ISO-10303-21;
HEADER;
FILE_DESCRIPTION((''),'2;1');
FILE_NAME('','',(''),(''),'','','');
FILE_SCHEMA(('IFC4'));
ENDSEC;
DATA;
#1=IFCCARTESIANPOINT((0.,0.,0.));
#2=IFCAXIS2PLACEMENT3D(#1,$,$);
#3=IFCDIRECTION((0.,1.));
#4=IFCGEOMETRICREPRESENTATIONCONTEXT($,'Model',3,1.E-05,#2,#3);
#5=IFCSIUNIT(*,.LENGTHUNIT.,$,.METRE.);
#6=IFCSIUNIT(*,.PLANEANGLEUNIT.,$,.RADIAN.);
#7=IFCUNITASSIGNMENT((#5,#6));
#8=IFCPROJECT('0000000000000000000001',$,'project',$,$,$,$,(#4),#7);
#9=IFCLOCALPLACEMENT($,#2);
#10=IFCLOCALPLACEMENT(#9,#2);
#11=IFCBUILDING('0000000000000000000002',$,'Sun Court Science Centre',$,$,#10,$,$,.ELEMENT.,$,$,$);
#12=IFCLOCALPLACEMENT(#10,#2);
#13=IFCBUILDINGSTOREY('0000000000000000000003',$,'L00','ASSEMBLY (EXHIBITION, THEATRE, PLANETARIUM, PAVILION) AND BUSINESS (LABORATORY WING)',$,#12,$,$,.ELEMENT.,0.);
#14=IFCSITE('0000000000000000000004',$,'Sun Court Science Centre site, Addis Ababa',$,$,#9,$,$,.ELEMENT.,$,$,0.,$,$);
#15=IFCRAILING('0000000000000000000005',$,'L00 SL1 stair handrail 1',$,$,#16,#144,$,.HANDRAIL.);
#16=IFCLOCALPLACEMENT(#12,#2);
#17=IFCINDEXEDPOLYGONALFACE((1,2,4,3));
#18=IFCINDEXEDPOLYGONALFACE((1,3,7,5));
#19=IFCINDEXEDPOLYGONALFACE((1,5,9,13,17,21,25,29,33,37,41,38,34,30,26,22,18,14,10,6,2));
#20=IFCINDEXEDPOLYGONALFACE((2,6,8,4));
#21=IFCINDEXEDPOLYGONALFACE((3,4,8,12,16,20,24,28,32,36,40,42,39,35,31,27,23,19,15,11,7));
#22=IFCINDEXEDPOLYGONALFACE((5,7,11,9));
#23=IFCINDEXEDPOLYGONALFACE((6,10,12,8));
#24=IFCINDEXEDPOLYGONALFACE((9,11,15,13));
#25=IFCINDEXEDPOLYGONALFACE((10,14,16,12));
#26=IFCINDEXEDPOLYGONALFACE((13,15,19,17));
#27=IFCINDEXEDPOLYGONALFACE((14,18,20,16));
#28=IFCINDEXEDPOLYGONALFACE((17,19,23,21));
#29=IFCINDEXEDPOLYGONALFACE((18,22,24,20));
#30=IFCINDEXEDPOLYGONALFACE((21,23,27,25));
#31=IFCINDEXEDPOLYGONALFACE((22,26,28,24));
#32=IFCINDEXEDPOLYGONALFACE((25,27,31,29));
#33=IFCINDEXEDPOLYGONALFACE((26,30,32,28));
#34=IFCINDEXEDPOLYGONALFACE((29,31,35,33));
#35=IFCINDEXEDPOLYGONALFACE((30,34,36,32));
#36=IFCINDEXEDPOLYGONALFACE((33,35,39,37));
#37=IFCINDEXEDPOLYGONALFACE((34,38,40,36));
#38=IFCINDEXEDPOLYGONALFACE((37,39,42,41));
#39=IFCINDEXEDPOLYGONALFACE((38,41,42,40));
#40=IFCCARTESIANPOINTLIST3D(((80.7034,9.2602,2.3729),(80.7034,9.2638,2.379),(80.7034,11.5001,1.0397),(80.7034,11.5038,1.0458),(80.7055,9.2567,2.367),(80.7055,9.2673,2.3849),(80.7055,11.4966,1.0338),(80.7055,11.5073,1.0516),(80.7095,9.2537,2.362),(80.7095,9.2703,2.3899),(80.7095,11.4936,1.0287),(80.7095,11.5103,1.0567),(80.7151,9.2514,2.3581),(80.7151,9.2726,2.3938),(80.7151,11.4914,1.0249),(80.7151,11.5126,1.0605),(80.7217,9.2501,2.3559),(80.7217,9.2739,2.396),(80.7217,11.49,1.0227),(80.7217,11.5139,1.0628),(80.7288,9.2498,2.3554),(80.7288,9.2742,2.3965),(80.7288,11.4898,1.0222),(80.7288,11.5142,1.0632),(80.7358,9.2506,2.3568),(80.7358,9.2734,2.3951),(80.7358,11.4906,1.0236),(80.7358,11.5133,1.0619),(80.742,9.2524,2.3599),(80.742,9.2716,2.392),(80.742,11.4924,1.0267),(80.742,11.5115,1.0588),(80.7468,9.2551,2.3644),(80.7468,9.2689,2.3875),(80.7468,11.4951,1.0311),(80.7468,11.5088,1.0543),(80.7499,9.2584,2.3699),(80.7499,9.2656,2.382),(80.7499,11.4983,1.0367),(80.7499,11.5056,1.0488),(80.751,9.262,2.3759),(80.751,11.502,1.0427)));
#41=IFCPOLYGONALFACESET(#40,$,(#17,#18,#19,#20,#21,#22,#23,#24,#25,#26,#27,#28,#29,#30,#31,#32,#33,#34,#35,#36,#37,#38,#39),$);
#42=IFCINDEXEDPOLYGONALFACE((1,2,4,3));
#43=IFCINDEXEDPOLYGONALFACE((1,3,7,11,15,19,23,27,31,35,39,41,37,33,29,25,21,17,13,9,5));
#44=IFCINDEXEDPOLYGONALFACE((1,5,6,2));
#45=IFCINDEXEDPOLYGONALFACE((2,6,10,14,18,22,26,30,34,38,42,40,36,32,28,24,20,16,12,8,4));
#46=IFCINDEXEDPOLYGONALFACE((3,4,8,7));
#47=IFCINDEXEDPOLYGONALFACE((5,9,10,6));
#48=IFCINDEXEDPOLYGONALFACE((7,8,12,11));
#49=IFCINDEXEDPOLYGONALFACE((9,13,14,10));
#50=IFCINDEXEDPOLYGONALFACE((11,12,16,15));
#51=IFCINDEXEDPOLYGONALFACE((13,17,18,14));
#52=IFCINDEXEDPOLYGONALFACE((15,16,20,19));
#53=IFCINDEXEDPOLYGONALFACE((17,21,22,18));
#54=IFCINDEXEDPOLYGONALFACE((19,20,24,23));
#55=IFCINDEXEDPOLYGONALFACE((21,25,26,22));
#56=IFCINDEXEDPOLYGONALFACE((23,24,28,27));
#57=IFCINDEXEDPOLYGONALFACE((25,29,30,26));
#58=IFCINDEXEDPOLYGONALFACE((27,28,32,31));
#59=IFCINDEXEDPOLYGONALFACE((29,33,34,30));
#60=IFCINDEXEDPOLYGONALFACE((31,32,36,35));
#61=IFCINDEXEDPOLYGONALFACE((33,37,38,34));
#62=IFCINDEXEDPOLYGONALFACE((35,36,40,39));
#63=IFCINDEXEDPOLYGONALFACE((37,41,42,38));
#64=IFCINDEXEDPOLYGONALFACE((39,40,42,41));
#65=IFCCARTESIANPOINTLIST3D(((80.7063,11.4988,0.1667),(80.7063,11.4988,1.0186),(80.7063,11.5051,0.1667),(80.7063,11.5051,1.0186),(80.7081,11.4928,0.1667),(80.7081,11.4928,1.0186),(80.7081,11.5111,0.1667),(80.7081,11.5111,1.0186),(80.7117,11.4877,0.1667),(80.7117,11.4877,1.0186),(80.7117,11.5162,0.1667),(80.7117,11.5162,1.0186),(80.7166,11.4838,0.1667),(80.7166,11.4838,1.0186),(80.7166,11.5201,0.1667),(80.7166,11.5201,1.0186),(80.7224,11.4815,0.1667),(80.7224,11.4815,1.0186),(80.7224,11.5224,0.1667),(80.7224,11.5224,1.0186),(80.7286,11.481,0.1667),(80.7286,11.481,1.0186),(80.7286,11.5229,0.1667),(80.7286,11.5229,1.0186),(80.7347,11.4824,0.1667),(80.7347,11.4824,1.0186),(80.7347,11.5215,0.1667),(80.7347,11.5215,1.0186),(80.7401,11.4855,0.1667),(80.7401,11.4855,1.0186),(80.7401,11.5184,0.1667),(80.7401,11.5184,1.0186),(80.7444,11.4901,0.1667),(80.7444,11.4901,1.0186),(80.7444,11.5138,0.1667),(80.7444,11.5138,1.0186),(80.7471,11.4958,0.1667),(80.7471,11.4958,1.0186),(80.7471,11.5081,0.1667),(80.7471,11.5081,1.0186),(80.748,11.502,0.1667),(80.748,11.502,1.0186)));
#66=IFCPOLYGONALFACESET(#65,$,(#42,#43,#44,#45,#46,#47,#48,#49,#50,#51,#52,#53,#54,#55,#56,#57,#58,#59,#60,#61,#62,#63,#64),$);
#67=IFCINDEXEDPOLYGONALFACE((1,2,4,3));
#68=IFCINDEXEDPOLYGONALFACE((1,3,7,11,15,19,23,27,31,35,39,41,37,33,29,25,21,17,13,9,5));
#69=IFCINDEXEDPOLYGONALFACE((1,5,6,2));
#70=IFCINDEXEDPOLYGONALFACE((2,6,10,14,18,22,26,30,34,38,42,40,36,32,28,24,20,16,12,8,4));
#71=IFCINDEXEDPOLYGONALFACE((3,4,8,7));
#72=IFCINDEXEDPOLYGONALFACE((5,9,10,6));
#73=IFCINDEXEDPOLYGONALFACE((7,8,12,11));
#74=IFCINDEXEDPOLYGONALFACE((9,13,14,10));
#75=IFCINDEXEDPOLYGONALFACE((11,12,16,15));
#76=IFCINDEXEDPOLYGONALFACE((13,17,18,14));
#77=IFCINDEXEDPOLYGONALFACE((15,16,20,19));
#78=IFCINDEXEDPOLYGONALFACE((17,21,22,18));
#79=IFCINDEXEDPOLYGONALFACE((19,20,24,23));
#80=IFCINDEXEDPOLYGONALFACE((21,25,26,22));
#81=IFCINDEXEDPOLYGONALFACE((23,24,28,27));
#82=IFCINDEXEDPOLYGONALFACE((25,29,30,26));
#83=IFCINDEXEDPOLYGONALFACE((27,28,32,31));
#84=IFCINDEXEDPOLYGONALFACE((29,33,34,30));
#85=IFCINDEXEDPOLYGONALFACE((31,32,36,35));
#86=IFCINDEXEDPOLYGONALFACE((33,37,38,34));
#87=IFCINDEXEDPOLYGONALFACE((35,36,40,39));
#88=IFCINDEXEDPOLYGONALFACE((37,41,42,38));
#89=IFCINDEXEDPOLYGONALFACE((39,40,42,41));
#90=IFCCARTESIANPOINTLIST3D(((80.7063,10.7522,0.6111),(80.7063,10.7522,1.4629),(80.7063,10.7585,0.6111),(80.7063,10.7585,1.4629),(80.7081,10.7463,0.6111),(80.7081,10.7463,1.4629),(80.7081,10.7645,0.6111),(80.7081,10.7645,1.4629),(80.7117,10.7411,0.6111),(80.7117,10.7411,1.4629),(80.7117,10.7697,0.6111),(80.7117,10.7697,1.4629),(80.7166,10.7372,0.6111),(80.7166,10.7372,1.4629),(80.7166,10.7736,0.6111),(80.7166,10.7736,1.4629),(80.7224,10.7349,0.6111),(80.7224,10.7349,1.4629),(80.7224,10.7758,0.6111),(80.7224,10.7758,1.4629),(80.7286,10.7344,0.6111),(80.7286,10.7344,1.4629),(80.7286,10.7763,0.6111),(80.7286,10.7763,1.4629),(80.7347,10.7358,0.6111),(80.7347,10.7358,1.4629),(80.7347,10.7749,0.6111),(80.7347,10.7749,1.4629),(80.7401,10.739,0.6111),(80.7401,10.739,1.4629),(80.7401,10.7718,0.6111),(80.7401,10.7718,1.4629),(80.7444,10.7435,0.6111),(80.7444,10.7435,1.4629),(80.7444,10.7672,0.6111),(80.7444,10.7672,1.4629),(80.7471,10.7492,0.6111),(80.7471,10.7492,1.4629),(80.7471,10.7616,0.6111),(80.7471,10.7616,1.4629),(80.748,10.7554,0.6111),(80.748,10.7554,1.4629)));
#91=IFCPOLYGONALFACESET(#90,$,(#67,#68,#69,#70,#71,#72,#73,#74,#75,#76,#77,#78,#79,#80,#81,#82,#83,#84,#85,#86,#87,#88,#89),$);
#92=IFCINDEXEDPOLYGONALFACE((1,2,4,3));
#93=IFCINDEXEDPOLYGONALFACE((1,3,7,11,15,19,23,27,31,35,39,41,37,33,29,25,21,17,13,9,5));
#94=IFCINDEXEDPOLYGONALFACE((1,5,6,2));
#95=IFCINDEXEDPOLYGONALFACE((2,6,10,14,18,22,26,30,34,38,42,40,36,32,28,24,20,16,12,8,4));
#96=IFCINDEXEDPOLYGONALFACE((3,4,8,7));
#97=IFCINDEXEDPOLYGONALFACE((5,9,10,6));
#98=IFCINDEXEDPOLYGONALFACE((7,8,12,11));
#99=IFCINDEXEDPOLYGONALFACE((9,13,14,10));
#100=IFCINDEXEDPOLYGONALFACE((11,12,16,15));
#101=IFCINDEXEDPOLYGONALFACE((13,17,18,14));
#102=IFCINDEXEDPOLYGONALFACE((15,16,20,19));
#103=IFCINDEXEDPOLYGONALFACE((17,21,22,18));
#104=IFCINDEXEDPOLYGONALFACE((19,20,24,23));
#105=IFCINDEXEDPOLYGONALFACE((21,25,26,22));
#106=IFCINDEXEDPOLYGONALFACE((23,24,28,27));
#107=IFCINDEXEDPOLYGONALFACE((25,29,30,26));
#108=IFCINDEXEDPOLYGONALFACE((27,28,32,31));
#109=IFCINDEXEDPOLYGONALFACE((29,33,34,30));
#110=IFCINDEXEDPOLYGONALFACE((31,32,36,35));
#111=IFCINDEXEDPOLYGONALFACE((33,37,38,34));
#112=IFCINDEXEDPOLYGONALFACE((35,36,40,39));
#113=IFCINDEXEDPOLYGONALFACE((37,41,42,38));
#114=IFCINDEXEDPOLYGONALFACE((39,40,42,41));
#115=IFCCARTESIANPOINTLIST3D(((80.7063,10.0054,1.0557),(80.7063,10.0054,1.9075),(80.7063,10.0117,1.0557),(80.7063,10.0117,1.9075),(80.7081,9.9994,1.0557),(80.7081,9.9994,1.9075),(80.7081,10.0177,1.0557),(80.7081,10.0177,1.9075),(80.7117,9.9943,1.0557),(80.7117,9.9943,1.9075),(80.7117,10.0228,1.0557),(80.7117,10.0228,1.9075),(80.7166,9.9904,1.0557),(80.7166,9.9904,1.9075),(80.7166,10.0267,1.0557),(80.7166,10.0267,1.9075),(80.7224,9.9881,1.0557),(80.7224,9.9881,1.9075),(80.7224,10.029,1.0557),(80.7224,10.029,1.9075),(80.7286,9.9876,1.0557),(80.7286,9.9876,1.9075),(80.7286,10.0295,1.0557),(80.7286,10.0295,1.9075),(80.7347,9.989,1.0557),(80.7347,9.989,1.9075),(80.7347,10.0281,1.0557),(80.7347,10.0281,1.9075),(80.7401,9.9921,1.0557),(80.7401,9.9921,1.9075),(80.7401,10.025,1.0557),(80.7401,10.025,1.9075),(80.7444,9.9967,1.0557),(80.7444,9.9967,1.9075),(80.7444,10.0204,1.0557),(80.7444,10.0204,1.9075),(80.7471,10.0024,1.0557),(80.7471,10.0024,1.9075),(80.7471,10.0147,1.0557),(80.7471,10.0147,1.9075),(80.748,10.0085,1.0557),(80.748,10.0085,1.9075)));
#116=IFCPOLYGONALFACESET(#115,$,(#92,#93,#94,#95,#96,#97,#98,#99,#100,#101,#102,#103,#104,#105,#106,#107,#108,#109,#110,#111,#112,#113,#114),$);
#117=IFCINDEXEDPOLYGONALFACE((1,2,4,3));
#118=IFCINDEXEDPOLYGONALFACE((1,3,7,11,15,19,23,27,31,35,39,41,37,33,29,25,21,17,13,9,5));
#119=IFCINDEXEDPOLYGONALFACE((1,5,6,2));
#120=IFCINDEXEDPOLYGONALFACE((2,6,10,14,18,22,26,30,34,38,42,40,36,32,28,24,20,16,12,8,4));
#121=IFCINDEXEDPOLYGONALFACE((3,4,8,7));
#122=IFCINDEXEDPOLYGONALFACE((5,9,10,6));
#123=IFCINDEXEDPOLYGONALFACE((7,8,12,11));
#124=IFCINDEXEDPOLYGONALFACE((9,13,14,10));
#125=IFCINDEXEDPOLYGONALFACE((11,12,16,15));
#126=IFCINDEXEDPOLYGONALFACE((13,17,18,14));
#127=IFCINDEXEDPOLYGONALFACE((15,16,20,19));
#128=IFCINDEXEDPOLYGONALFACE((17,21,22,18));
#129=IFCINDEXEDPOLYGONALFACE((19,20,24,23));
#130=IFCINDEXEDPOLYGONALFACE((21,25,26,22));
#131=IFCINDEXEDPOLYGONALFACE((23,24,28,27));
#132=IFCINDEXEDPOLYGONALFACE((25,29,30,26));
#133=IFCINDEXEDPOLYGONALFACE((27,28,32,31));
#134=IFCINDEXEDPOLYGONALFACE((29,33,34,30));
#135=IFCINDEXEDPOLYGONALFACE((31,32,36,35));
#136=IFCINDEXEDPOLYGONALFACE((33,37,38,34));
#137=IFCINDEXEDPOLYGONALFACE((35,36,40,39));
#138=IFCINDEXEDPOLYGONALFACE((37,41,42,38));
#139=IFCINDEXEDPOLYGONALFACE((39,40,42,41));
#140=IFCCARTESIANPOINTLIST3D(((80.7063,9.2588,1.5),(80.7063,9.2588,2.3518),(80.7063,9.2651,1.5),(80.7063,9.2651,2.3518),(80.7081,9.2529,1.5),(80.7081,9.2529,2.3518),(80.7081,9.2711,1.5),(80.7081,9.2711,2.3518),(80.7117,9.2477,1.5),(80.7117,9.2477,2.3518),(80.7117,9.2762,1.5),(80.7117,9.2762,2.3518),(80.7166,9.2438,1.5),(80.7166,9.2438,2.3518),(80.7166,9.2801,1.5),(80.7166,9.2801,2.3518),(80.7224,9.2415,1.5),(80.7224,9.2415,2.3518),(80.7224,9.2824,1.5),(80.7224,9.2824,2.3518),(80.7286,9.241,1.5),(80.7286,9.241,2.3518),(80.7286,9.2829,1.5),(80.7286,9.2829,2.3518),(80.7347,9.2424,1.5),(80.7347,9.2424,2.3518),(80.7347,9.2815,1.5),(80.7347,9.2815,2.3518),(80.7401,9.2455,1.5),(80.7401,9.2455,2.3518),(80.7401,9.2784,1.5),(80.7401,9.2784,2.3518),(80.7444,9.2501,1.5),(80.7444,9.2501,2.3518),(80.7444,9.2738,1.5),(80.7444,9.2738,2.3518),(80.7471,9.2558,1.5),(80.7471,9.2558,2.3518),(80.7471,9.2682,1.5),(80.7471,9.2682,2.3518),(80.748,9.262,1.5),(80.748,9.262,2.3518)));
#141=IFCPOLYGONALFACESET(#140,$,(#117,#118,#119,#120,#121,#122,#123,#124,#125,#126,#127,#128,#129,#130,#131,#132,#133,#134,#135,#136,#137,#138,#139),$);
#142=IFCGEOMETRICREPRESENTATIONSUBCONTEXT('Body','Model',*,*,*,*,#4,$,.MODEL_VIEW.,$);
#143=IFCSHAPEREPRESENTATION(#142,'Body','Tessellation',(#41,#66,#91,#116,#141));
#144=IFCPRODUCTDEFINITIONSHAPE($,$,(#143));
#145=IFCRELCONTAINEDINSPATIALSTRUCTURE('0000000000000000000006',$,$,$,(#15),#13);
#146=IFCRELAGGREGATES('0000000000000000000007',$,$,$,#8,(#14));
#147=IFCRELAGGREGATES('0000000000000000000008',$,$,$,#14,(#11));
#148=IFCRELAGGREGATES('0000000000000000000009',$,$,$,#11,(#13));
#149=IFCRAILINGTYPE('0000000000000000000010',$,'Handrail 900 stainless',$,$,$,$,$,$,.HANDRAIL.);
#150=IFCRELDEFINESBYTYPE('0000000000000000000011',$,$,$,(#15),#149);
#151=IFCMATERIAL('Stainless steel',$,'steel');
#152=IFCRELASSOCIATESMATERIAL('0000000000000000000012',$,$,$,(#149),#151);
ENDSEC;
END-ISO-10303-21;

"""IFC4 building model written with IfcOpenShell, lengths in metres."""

from ifc_helpers import new_model, si_unit, direction, frame, origin, origin_2d, place, context, subcontext, project, spatial, circle, extrude, material, type_object, element, save


model = new_model("IFC4")

# Units and contexts
model_context = context("Model", 3, precision=1e-05, world=origin(), true_north=direction((0.0, 1.0)))
body_context = subcontext(model_context, "Body", "Model", "MODEL_VIEW")
ifc_project = project(units=[si_unit("LENGTHUNIT", "METRE"), si_unit("PLANEANGLEUNIT", "RADIAN")], contexts=[model_context])

# Site, building, storey
site_placement = place(None, origin())
site = spatial("IfcSite", under=ifc_project, at=site_placement, Name="Sun Court Science Centre site, Addis Ababa", CompositionType="ELEMENT", RefElevation=0.0)
building_placement = place(site_placement, origin())
building = spatial("IfcBuilding", under=site, at=building_placement, Name="Sun Court Science Centre", CompositionType="ELEMENT")
storey_placement = place(building_placement, origin())
storey = spatial("IfcBuildingStorey", under=building, at=storey_placement, Name="L00", Description="ASSEMBLY (EXHIBITION, THEATRE, PLANETARIUM, PAVILION) AND BUSINESS (LABORATORY WING)", CompositionType="ELEMENT", Elevation=0.0)

# Railing
ifc_material_1 = material(Name="Stainless steel", Category="steel")
railing_type_1 = type_object("IfcRailingType", Name="Handrail 900 stainless", PredefinedType="HANDRAIL", material=ifc_material_1)
for number, where, name in (
    (1, (80.7271, 11.502, 0.1667), "L00 SL1 stair handrail 1"),
):
    element("IfcRailing", number, at=place(storey_placement, frame(where)), inside=storey, type_object=railing_type_1, Name=name, PredefinedType="HANDRAIL", context=body_context, shape_type="SweptSolid", body=[
        extrude(circle(Radius=0.0239, at=origin_2d()), frame((0.0, 0.0, 0.876), z_axis=(0.0, -0.859306, 0.511462), x_axis=(1.0, 0.0, 0.0)), (0.0, 0.0, 1.0), 2.6067),
        extrude(circle(Radius=0.021, at=origin_2d()), origin(), (0.0, 0.0, 1.0), 0.8518),
        extrude(circle(Radius=0.021, at=origin_2d()), frame((0.0, -0.7466, 0.4443)), (0.0, 0.0, 1.0), 0.8518),
        extrude(circle(Radius=0.021, at=origin_2d()), frame((0.0, -1.4934, 0.8889)), (0.0, 0.0, 1.0), 0.8518),
        extrude(circle(Radius=0.021, at=origin_2d()), frame((0.0, -2.24, 1.3333)), (0.0, 0.0, 1.0), 0.8518),
    ])

save(model, "model.ifc")
